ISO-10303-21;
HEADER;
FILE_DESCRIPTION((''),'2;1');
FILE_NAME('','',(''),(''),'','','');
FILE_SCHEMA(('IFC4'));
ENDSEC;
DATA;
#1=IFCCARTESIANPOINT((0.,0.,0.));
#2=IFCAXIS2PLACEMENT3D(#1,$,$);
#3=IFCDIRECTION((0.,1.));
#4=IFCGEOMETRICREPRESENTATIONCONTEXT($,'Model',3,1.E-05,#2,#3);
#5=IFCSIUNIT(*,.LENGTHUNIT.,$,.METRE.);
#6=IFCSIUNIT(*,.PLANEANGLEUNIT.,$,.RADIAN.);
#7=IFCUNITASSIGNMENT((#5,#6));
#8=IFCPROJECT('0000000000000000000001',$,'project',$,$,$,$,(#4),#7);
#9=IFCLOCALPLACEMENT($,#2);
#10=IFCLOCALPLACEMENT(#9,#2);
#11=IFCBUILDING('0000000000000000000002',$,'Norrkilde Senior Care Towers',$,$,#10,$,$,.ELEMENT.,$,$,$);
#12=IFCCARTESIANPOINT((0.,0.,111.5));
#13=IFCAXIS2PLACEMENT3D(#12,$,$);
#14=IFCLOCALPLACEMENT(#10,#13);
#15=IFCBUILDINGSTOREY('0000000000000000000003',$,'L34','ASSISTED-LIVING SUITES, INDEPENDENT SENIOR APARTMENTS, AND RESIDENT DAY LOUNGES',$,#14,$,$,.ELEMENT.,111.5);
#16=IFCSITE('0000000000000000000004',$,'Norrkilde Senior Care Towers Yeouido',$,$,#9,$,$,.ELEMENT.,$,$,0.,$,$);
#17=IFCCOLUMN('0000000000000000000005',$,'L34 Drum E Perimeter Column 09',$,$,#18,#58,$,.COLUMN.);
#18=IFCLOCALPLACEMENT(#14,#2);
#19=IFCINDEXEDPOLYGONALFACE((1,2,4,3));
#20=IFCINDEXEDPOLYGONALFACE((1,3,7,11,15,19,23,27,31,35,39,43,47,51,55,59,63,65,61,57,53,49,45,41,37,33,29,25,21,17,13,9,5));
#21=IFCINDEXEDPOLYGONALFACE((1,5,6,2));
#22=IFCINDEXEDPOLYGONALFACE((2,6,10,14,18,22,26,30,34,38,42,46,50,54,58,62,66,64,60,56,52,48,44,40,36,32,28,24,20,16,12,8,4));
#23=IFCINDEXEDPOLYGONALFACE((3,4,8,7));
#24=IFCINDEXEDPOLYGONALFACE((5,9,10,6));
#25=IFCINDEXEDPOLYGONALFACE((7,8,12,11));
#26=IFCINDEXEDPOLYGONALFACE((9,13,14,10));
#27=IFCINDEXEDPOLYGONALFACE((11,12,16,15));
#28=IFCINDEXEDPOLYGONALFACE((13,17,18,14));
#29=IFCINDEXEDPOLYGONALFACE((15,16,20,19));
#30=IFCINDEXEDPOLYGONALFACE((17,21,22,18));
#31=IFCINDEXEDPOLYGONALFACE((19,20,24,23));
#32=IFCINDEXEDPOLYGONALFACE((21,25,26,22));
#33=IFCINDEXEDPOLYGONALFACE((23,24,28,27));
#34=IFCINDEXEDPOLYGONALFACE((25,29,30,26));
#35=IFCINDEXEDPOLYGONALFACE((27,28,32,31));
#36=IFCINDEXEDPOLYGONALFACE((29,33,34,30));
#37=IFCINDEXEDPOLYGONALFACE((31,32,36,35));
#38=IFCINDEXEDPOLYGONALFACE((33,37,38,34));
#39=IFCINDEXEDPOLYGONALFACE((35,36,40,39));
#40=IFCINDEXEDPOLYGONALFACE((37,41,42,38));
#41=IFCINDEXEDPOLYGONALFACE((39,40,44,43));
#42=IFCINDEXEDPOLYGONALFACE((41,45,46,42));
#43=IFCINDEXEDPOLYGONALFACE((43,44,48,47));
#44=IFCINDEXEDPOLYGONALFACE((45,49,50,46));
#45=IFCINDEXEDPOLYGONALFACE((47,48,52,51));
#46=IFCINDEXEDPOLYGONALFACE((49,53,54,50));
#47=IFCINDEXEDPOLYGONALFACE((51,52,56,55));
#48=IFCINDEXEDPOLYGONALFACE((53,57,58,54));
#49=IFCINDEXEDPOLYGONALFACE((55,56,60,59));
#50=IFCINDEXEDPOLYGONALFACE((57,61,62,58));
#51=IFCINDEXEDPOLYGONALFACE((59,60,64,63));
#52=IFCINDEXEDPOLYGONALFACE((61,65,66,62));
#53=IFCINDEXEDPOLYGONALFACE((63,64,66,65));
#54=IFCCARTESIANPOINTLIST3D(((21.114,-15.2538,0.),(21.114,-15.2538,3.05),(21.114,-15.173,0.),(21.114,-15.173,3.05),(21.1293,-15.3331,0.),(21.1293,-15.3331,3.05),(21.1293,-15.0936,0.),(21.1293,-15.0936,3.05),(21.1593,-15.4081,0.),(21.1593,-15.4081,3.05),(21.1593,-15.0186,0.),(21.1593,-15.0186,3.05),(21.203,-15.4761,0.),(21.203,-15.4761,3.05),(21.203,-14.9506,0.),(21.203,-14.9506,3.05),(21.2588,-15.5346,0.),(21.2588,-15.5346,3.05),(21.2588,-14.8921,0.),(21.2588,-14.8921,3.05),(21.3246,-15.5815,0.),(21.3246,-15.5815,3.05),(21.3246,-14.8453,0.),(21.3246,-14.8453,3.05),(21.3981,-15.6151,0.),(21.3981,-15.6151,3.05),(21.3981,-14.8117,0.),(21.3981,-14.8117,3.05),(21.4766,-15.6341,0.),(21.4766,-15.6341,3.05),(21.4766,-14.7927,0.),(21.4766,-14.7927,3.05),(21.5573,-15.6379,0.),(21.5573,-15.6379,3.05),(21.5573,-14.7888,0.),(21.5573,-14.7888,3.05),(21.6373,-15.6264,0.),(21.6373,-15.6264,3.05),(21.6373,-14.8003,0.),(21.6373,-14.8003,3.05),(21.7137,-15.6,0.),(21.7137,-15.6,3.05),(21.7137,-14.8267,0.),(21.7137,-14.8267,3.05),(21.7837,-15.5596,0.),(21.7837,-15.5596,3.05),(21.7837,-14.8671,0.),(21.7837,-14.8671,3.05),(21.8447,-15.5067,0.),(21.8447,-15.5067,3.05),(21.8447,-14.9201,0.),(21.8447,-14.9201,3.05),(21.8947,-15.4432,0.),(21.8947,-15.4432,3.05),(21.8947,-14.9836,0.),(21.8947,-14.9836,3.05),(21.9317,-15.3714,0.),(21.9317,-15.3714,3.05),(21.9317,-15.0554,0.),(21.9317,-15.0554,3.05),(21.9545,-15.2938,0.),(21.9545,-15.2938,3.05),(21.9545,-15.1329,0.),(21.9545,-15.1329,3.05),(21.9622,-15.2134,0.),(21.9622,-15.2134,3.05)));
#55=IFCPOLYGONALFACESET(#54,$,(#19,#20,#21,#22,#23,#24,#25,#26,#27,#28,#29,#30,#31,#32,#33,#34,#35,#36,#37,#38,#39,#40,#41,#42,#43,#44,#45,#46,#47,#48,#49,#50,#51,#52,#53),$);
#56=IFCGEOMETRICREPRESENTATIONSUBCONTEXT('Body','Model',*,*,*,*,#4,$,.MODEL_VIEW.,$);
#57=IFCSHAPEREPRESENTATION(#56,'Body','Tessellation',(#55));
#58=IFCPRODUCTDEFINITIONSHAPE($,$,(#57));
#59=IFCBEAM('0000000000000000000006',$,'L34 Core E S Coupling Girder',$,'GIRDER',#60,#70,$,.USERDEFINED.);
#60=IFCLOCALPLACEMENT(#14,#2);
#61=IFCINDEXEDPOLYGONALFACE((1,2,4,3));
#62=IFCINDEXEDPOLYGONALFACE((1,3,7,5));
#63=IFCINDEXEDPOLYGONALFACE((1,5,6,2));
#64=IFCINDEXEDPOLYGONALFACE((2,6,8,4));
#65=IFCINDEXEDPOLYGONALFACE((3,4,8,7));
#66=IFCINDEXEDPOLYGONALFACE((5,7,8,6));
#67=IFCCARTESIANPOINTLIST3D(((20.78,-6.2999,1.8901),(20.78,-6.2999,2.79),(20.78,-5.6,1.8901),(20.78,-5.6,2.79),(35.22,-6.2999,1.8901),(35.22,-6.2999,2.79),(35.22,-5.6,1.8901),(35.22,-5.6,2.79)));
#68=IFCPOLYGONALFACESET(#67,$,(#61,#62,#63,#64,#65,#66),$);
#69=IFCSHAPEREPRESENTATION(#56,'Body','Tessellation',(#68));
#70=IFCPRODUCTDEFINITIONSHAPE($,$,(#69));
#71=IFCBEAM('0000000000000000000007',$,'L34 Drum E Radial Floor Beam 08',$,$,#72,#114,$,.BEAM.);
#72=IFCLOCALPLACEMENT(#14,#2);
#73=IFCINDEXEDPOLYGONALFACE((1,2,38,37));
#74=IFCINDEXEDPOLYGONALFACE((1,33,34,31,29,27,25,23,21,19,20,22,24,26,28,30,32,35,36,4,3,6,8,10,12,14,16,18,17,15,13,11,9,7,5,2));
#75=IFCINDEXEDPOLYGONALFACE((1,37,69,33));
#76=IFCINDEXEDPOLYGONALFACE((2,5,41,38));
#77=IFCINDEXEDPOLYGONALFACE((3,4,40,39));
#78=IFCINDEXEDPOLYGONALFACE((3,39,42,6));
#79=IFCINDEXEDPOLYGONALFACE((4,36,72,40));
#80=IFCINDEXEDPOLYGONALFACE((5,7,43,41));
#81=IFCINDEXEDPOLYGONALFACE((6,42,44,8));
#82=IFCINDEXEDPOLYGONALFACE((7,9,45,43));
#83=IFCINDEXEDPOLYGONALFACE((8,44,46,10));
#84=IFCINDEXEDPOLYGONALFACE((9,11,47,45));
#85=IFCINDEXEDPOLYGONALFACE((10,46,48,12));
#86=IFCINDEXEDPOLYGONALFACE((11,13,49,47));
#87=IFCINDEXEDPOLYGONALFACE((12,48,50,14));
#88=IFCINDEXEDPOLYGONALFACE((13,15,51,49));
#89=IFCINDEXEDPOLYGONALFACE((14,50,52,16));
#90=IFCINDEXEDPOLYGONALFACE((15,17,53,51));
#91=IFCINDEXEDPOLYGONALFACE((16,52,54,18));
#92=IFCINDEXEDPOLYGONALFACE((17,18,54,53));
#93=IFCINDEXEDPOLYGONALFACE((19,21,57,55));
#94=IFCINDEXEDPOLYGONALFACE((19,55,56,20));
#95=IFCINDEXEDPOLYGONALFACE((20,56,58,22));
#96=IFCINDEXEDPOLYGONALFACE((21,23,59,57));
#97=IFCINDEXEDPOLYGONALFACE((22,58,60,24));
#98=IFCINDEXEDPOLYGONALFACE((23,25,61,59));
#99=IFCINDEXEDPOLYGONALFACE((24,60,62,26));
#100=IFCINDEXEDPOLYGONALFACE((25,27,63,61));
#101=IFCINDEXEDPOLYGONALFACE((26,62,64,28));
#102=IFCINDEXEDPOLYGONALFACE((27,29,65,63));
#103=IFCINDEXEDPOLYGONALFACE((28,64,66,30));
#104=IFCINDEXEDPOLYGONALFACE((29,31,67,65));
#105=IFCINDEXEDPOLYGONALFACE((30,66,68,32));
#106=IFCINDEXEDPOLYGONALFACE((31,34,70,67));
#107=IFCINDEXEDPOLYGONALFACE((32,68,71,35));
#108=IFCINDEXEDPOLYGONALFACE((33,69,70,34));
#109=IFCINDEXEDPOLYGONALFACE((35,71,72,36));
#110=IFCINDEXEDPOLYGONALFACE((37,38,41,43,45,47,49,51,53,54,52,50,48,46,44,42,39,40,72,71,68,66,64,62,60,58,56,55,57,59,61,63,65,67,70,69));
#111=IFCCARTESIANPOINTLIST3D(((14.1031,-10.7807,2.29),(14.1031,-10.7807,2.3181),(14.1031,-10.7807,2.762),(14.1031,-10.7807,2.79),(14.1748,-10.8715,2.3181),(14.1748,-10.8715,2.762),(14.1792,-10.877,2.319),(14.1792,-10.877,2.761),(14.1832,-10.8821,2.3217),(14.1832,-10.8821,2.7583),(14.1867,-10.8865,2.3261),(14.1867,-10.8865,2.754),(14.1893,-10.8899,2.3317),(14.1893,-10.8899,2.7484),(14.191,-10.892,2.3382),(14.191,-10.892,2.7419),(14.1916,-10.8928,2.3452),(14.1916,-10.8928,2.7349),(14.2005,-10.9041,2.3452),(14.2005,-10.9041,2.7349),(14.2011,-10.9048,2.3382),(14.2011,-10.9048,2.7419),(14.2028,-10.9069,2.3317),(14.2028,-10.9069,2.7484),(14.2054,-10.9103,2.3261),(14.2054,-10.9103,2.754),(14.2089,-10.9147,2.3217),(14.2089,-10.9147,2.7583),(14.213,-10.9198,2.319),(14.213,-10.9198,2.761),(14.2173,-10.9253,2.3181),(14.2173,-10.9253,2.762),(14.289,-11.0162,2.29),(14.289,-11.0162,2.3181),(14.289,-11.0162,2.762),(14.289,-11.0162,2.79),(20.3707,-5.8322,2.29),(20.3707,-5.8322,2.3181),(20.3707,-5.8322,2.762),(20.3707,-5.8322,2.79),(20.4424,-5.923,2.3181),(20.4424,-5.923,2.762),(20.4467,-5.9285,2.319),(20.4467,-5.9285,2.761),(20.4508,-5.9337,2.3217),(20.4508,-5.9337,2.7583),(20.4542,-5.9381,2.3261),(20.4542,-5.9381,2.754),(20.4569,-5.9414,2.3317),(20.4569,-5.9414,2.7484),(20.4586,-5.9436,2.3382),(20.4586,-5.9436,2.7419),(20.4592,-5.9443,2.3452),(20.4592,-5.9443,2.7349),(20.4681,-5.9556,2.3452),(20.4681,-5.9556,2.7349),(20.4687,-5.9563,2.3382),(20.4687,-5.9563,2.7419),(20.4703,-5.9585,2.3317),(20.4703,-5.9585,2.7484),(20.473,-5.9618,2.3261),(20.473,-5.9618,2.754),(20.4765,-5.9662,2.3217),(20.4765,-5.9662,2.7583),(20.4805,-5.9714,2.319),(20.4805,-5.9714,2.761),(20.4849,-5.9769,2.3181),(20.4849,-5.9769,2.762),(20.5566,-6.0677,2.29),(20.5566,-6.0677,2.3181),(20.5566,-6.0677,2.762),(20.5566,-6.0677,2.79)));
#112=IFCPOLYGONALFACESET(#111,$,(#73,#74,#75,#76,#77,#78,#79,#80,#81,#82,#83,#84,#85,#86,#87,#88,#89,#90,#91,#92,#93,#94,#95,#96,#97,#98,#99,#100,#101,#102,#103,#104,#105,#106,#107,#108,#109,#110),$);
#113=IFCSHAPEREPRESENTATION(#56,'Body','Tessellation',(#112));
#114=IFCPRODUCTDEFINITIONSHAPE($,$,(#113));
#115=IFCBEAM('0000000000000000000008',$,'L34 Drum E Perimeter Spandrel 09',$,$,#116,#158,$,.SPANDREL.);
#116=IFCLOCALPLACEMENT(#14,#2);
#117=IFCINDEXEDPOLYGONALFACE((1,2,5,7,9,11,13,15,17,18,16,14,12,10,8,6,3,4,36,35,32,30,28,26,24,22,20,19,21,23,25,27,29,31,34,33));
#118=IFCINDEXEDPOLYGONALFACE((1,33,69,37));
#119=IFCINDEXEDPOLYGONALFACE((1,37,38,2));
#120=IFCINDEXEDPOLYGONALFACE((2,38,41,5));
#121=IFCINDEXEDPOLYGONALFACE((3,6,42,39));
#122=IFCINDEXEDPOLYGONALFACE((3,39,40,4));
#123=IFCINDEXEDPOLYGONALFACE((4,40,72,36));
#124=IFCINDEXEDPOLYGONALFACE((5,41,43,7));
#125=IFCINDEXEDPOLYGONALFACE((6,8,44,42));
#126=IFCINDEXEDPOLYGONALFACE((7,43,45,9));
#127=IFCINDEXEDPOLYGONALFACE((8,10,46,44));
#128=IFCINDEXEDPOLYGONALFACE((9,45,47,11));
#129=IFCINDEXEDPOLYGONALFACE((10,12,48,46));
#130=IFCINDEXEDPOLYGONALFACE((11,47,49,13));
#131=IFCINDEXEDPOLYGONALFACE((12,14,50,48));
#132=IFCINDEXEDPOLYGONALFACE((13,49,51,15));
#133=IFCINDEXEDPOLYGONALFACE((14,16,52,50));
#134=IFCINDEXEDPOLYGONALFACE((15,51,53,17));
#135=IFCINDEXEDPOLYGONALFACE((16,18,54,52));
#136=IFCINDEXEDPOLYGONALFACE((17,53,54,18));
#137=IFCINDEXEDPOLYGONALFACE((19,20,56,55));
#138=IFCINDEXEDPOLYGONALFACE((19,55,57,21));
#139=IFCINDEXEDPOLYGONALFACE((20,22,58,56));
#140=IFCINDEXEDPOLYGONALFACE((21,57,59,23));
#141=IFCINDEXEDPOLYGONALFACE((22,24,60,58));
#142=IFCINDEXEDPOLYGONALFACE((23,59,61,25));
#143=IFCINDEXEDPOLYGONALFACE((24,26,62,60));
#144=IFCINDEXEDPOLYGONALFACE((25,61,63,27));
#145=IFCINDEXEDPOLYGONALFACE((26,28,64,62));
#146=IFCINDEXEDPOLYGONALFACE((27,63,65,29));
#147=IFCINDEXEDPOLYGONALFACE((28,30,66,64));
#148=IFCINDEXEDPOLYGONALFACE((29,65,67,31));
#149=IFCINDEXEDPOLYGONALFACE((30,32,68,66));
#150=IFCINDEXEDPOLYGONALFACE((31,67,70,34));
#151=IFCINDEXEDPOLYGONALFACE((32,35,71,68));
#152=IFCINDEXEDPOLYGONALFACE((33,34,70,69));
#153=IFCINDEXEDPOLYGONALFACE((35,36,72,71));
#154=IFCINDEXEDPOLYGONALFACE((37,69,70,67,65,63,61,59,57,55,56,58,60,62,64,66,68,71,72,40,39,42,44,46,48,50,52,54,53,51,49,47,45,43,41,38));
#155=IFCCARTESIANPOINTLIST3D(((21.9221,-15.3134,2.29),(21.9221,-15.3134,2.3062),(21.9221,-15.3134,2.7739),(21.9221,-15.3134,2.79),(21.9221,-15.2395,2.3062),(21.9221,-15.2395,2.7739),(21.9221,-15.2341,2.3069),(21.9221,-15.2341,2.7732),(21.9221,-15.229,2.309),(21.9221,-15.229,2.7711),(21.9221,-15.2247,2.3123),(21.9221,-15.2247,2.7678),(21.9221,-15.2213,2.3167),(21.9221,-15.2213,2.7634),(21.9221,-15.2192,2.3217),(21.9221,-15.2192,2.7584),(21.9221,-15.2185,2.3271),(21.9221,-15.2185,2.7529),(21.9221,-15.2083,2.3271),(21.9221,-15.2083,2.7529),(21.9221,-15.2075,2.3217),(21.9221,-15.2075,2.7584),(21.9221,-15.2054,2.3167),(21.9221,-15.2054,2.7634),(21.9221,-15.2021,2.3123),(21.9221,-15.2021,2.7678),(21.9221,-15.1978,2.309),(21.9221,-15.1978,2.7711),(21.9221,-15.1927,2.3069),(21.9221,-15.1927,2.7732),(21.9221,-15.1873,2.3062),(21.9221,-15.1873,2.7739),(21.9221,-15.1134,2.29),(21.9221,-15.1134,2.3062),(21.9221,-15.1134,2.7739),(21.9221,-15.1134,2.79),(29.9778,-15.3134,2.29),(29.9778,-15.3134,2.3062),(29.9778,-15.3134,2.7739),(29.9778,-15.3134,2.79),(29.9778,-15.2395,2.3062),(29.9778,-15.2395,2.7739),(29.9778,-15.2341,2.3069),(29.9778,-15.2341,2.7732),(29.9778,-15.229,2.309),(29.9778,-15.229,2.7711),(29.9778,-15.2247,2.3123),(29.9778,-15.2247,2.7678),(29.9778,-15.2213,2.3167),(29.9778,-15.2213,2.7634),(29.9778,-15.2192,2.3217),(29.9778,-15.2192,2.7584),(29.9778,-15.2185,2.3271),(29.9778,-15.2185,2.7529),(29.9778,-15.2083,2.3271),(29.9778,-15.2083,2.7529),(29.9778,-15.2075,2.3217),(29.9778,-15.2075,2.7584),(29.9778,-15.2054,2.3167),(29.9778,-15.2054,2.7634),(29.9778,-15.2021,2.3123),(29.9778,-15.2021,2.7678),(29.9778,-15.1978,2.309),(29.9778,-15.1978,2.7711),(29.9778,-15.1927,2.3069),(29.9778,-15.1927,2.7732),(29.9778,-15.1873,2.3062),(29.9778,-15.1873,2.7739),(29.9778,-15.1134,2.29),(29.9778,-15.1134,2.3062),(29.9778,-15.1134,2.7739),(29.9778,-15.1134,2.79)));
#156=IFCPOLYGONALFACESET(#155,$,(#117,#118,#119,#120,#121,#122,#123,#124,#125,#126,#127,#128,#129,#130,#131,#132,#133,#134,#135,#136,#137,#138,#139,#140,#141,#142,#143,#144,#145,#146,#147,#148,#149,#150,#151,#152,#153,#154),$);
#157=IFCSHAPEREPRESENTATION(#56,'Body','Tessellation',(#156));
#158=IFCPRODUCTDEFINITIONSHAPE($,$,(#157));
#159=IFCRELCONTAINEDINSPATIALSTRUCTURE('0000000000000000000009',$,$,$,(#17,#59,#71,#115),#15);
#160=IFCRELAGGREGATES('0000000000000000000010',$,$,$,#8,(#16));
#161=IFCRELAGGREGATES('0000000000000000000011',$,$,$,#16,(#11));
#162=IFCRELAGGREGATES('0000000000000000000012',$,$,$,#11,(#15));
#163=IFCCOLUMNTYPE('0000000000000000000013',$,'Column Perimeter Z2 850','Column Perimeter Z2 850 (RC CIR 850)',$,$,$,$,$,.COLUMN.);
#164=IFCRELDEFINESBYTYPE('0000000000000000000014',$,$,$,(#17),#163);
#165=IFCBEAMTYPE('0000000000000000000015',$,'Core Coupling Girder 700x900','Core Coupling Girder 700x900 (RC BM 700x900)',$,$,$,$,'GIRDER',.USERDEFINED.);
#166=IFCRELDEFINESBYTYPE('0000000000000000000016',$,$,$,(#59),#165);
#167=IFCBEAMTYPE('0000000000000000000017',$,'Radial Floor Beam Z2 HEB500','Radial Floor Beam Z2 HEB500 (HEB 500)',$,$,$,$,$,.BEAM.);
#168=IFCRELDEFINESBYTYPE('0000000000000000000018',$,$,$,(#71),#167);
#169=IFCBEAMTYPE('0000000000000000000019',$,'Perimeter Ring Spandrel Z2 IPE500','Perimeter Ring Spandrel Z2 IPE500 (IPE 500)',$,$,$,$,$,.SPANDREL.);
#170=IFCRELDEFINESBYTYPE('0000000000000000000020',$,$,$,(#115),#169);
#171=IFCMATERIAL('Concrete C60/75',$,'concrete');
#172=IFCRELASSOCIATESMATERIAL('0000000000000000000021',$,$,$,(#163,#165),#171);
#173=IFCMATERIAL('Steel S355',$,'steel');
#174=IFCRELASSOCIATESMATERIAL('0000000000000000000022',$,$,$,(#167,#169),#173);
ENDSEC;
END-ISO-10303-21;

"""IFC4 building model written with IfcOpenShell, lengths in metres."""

from ifc_helpers import new_model, si_unit, direction, frame, origin, origin_2d, place, context, subcontext, project, spatial, rectangle, circle, i_section, extrude, source, transform, mapped, material, material_profile, profile_set, type_object, type_shapes, element, save


model = new_model("IFC4")

# Units and contexts
model_context = context("Model", 3, precision=1e-05, world=origin(), true_north=direction((0.0, 1.0)))
body_context = subcontext(model_context, "Body", "Model", "MODEL_VIEW")
ifc_project = project(units=[si_unit("LENGTHUNIT", "METRE"), si_unit("PLANEANGLEUNIT", "RADIAN")], contexts=[model_context])

# Site, building, storey
site_placement = place(None, origin())
site = spatial("IfcSite", under=ifc_project, at=site_placement, Name="Norrkilde Senior Care Towers Yeouido", CompositionType="ELEMENT", RefElevation=0.0)
building_placement = place(site_placement, origin())
building = spatial("IfcBuilding", under=site, at=building_placement, Name="Norrkilde Senior Care Towers", CompositionType="ELEMENT")
storey_placement = place(building_placement, frame((0.0, 0.0, 111.5)))
storey = spatial("IfcBuildingStorey", under=building, at=storey_placement, Name="L34", Description="ASSISTED-LIVING SUITES, INDEPENDENT SENIOR APARTMENTS, AND RESIDENT DAY LOUNGES", CompositionType="ELEMENT", Elevation=111.5)

# Column
ifc_material_1 = material(Name="Concrete C60/75", Category="concrete")
ifc_material_profile_1 = material_profile(ifc_material_1, circle(Radius=0.425, at=origin_2d()), Name="RC CIR 850")
ifc_profile_set_1 = profile_set([ifc_material_profile_1], Name="Concrete C60/75")
column_type = type_object("IfcColumnType", Name="Column Perimeter Z2 850", Description="Column Perimeter Z2 850 (RC CIR 850)", PredefinedType="COLUMN", material=ifc_profile_set_1)
shared_shape_1 = source(origin(), body_context, "Body", "SweptSolid", [
    extrude(circle(Radius=0.425, at=origin_2d()), origin(), (0.0, 0.0, 1.0), 3.05),
])
type_shapes(column_type, [shared_shape_1])
column_placement = place(storey_placement, frame((21.5371, -15.2134, 0.0), z_axis=(0.0, 0.0, 1.0), x_axis=(1.0, 0.0, 0.0)))
element("IfcColumn", 1, at=column_placement, inside=storey, type_object=column_type, Name="L34 Drum E Perimeter Column 09", PredefinedType="COLUMN", context=body_context, shape_type="MappedRepresentation", body=[
    mapped(shared_shape_1, transform((0.0, 0.0, 0.0), x_axis=(1.0, 0.0, 0.0), y_axis=(0.0, 1.0, 0.0), z_axis=(0.0, 0.0, 1.0), scale=1.0)),
])

# Beams
ifc_material_profile_2 = material_profile(ifc_material_1, rectangle(XDim=0.7, YDim=0.8999, at=origin_2d()), Name="RC BM 700x900")
ifc_profile_set_2 = profile_set([ifc_material_profile_2], Name="Concrete C60/75")
beam_type_1 = type_object("IfcBeamType", Name="Core Coupling Girder 700x900", Description="Core Coupling Girder 700x900 (RC BM 700x900)", ElementType="GIRDER", PredefinedType="USERDEFINED", material=ifc_profile_set_2)
shared_shape_2 = source(origin(), body_context, "Body", "SweptSolid", [
    extrude(rectangle(XDim=0.7, YDim=0.8999, at=origin_2d()), origin(), (0.0, 0.0, 1.0), 14.4399),
])
type_shapes(beam_type_1, [shared_shape_2])
beam_1_placement = place(storey_placement, frame((20.78, -5.95, 2.3401), z_axis=(1.0, 0.0, 0.0), x_axis=(0.0, 1.0, 0.0)))
element("IfcBeam", 2, at=beam_1_placement, inside=storey, type_object=beam_type_1, Name="L34 Core E S Coupling Girder", ObjectType="GIRDER", PredefinedType="USERDEFINED", context=body_context, shape_type="MappedRepresentation", body=[
    mapped(shared_shape_2, transform((0.0, 0.0, 0.0), x_axis=(1.0, 0.0, 0.0), y_axis=(0.0, 1.0, 0.0), z_axis=(0.0, 0.0, 1.0), scale=1.0)),
])
ifc_material_2 = material(Name="Steel S355", Category="steel")
ifc_material_profile_3 = material_profile(ifc_material_2, i_section(OverallWidth=0.3, OverallDepth=0.5, WebThickness=0.0144, FlangeThickness=0.0281, FilletRadius=0.0271, at=origin_2d()), Name="HEB 500")
ifc_profile_set_3 = profile_set([ifc_material_profile_3], Name="Steel S355")
beam_type_2 = type_object("IfcBeamType", Name="Radial Floor Beam Z2 HEB500", Description="Radial Floor Beam Z2 HEB500 (HEB 500)", PredefinedType="BEAM", material=ifc_profile_set_3)
shared_shape_3 = source(origin(), body_context, "Body", "SweptSolid", [
    extrude(i_section(OverallWidth=0.3, OverallDepth=0.5, WebThickness=0.0144, FlangeThickness=0.0281, FilletRadius=0.0271, at=origin_2d()), origin(), (0.0, 0.0, 1.0), 7.9856),
])
beam_2_placement = place(storey_placement, frame((20.4636, -5.95, 2.54), z_axis=(-0.784859, -0.619675, 0.0), x_axis=(0.619675, -0.784859, 0.0)))
element("IfcBeam", 3, at=beam_2_placement, inside=storey, type_object=beam_type_2, Name="L34 Drum E Radial Floor Beam 08", PredefinedType="BEAM", context=body_context, shape_type="MappedRepresentation", body=[
    mapped(shared_shape_3, transform((0.0, 0.0, 0.0), x_axis=(1.0, 0.0, 0.0), y_axis=(0.0, 1.0, 0.0), z_axis=(0.0, 0.0, 1.0), scale=1.0)),
])
ifc_material_profile_4 = material_profile(ifc_material_2, i_section(OverallWidth=0.2, OverallDepth=0.5, WebThickness=0.0103, FlangeThickness=0.0161, FilletRadius=0.021, at=origin_2d()), Name="IPE 500")
ifc_profile_set_4 = profile_set([ifc_material_profile_4], Name="Steel S355")
beam_type_3 = type_object("IfcBeamType", Name="Perimeter Ring Spandrel Z2 IPE500", Description="Perimeter Ring Spandrel Z2 IPE500 (IPE 500)", PredefinedType="SPANDREL", material=ifc_profile_set_4)
shared_shape_4 = source(origin(), body_context, "Body", "SweptSolid", [
    extrude(i_section(OverallWidth=0.2, OverallDepth=0.5, WebThickness=0.0103, FlangeThickness=0.0161, FilletRadius=0.021, at=origin_2d()), origin(), (0.0, 0.0, 1.0), 8.0557),
])
type_shapes(beam_type_3, [shared_shape_4])
beam_3_placement = place(storey_placement, frame((21.9221, -15.2134, 2.54), z_axis=(1.0, 0.0, 0.0), x_axis=(0.0, 1.0, 0.0)))
element("IfcBeam", 4, at=beam_3_placement, inside=storey, type_object=beam_type_3, Name="L34 Drum E Perimeter Spandrel 09", PredefinedType="SPANDREL", context=body_context, shape_type="MappedRepresentation", body=[
    mapped(shared_shape_4, transform((0.0, 0.0, 0.0), x_axis=(1.0, 0.0, 0.0), y_axis=(0.0, 1.0, 0.0), z_axis=(0.0, 0.0, 1.0), scale=1.0)),
])

save(model, "model.ifc")
